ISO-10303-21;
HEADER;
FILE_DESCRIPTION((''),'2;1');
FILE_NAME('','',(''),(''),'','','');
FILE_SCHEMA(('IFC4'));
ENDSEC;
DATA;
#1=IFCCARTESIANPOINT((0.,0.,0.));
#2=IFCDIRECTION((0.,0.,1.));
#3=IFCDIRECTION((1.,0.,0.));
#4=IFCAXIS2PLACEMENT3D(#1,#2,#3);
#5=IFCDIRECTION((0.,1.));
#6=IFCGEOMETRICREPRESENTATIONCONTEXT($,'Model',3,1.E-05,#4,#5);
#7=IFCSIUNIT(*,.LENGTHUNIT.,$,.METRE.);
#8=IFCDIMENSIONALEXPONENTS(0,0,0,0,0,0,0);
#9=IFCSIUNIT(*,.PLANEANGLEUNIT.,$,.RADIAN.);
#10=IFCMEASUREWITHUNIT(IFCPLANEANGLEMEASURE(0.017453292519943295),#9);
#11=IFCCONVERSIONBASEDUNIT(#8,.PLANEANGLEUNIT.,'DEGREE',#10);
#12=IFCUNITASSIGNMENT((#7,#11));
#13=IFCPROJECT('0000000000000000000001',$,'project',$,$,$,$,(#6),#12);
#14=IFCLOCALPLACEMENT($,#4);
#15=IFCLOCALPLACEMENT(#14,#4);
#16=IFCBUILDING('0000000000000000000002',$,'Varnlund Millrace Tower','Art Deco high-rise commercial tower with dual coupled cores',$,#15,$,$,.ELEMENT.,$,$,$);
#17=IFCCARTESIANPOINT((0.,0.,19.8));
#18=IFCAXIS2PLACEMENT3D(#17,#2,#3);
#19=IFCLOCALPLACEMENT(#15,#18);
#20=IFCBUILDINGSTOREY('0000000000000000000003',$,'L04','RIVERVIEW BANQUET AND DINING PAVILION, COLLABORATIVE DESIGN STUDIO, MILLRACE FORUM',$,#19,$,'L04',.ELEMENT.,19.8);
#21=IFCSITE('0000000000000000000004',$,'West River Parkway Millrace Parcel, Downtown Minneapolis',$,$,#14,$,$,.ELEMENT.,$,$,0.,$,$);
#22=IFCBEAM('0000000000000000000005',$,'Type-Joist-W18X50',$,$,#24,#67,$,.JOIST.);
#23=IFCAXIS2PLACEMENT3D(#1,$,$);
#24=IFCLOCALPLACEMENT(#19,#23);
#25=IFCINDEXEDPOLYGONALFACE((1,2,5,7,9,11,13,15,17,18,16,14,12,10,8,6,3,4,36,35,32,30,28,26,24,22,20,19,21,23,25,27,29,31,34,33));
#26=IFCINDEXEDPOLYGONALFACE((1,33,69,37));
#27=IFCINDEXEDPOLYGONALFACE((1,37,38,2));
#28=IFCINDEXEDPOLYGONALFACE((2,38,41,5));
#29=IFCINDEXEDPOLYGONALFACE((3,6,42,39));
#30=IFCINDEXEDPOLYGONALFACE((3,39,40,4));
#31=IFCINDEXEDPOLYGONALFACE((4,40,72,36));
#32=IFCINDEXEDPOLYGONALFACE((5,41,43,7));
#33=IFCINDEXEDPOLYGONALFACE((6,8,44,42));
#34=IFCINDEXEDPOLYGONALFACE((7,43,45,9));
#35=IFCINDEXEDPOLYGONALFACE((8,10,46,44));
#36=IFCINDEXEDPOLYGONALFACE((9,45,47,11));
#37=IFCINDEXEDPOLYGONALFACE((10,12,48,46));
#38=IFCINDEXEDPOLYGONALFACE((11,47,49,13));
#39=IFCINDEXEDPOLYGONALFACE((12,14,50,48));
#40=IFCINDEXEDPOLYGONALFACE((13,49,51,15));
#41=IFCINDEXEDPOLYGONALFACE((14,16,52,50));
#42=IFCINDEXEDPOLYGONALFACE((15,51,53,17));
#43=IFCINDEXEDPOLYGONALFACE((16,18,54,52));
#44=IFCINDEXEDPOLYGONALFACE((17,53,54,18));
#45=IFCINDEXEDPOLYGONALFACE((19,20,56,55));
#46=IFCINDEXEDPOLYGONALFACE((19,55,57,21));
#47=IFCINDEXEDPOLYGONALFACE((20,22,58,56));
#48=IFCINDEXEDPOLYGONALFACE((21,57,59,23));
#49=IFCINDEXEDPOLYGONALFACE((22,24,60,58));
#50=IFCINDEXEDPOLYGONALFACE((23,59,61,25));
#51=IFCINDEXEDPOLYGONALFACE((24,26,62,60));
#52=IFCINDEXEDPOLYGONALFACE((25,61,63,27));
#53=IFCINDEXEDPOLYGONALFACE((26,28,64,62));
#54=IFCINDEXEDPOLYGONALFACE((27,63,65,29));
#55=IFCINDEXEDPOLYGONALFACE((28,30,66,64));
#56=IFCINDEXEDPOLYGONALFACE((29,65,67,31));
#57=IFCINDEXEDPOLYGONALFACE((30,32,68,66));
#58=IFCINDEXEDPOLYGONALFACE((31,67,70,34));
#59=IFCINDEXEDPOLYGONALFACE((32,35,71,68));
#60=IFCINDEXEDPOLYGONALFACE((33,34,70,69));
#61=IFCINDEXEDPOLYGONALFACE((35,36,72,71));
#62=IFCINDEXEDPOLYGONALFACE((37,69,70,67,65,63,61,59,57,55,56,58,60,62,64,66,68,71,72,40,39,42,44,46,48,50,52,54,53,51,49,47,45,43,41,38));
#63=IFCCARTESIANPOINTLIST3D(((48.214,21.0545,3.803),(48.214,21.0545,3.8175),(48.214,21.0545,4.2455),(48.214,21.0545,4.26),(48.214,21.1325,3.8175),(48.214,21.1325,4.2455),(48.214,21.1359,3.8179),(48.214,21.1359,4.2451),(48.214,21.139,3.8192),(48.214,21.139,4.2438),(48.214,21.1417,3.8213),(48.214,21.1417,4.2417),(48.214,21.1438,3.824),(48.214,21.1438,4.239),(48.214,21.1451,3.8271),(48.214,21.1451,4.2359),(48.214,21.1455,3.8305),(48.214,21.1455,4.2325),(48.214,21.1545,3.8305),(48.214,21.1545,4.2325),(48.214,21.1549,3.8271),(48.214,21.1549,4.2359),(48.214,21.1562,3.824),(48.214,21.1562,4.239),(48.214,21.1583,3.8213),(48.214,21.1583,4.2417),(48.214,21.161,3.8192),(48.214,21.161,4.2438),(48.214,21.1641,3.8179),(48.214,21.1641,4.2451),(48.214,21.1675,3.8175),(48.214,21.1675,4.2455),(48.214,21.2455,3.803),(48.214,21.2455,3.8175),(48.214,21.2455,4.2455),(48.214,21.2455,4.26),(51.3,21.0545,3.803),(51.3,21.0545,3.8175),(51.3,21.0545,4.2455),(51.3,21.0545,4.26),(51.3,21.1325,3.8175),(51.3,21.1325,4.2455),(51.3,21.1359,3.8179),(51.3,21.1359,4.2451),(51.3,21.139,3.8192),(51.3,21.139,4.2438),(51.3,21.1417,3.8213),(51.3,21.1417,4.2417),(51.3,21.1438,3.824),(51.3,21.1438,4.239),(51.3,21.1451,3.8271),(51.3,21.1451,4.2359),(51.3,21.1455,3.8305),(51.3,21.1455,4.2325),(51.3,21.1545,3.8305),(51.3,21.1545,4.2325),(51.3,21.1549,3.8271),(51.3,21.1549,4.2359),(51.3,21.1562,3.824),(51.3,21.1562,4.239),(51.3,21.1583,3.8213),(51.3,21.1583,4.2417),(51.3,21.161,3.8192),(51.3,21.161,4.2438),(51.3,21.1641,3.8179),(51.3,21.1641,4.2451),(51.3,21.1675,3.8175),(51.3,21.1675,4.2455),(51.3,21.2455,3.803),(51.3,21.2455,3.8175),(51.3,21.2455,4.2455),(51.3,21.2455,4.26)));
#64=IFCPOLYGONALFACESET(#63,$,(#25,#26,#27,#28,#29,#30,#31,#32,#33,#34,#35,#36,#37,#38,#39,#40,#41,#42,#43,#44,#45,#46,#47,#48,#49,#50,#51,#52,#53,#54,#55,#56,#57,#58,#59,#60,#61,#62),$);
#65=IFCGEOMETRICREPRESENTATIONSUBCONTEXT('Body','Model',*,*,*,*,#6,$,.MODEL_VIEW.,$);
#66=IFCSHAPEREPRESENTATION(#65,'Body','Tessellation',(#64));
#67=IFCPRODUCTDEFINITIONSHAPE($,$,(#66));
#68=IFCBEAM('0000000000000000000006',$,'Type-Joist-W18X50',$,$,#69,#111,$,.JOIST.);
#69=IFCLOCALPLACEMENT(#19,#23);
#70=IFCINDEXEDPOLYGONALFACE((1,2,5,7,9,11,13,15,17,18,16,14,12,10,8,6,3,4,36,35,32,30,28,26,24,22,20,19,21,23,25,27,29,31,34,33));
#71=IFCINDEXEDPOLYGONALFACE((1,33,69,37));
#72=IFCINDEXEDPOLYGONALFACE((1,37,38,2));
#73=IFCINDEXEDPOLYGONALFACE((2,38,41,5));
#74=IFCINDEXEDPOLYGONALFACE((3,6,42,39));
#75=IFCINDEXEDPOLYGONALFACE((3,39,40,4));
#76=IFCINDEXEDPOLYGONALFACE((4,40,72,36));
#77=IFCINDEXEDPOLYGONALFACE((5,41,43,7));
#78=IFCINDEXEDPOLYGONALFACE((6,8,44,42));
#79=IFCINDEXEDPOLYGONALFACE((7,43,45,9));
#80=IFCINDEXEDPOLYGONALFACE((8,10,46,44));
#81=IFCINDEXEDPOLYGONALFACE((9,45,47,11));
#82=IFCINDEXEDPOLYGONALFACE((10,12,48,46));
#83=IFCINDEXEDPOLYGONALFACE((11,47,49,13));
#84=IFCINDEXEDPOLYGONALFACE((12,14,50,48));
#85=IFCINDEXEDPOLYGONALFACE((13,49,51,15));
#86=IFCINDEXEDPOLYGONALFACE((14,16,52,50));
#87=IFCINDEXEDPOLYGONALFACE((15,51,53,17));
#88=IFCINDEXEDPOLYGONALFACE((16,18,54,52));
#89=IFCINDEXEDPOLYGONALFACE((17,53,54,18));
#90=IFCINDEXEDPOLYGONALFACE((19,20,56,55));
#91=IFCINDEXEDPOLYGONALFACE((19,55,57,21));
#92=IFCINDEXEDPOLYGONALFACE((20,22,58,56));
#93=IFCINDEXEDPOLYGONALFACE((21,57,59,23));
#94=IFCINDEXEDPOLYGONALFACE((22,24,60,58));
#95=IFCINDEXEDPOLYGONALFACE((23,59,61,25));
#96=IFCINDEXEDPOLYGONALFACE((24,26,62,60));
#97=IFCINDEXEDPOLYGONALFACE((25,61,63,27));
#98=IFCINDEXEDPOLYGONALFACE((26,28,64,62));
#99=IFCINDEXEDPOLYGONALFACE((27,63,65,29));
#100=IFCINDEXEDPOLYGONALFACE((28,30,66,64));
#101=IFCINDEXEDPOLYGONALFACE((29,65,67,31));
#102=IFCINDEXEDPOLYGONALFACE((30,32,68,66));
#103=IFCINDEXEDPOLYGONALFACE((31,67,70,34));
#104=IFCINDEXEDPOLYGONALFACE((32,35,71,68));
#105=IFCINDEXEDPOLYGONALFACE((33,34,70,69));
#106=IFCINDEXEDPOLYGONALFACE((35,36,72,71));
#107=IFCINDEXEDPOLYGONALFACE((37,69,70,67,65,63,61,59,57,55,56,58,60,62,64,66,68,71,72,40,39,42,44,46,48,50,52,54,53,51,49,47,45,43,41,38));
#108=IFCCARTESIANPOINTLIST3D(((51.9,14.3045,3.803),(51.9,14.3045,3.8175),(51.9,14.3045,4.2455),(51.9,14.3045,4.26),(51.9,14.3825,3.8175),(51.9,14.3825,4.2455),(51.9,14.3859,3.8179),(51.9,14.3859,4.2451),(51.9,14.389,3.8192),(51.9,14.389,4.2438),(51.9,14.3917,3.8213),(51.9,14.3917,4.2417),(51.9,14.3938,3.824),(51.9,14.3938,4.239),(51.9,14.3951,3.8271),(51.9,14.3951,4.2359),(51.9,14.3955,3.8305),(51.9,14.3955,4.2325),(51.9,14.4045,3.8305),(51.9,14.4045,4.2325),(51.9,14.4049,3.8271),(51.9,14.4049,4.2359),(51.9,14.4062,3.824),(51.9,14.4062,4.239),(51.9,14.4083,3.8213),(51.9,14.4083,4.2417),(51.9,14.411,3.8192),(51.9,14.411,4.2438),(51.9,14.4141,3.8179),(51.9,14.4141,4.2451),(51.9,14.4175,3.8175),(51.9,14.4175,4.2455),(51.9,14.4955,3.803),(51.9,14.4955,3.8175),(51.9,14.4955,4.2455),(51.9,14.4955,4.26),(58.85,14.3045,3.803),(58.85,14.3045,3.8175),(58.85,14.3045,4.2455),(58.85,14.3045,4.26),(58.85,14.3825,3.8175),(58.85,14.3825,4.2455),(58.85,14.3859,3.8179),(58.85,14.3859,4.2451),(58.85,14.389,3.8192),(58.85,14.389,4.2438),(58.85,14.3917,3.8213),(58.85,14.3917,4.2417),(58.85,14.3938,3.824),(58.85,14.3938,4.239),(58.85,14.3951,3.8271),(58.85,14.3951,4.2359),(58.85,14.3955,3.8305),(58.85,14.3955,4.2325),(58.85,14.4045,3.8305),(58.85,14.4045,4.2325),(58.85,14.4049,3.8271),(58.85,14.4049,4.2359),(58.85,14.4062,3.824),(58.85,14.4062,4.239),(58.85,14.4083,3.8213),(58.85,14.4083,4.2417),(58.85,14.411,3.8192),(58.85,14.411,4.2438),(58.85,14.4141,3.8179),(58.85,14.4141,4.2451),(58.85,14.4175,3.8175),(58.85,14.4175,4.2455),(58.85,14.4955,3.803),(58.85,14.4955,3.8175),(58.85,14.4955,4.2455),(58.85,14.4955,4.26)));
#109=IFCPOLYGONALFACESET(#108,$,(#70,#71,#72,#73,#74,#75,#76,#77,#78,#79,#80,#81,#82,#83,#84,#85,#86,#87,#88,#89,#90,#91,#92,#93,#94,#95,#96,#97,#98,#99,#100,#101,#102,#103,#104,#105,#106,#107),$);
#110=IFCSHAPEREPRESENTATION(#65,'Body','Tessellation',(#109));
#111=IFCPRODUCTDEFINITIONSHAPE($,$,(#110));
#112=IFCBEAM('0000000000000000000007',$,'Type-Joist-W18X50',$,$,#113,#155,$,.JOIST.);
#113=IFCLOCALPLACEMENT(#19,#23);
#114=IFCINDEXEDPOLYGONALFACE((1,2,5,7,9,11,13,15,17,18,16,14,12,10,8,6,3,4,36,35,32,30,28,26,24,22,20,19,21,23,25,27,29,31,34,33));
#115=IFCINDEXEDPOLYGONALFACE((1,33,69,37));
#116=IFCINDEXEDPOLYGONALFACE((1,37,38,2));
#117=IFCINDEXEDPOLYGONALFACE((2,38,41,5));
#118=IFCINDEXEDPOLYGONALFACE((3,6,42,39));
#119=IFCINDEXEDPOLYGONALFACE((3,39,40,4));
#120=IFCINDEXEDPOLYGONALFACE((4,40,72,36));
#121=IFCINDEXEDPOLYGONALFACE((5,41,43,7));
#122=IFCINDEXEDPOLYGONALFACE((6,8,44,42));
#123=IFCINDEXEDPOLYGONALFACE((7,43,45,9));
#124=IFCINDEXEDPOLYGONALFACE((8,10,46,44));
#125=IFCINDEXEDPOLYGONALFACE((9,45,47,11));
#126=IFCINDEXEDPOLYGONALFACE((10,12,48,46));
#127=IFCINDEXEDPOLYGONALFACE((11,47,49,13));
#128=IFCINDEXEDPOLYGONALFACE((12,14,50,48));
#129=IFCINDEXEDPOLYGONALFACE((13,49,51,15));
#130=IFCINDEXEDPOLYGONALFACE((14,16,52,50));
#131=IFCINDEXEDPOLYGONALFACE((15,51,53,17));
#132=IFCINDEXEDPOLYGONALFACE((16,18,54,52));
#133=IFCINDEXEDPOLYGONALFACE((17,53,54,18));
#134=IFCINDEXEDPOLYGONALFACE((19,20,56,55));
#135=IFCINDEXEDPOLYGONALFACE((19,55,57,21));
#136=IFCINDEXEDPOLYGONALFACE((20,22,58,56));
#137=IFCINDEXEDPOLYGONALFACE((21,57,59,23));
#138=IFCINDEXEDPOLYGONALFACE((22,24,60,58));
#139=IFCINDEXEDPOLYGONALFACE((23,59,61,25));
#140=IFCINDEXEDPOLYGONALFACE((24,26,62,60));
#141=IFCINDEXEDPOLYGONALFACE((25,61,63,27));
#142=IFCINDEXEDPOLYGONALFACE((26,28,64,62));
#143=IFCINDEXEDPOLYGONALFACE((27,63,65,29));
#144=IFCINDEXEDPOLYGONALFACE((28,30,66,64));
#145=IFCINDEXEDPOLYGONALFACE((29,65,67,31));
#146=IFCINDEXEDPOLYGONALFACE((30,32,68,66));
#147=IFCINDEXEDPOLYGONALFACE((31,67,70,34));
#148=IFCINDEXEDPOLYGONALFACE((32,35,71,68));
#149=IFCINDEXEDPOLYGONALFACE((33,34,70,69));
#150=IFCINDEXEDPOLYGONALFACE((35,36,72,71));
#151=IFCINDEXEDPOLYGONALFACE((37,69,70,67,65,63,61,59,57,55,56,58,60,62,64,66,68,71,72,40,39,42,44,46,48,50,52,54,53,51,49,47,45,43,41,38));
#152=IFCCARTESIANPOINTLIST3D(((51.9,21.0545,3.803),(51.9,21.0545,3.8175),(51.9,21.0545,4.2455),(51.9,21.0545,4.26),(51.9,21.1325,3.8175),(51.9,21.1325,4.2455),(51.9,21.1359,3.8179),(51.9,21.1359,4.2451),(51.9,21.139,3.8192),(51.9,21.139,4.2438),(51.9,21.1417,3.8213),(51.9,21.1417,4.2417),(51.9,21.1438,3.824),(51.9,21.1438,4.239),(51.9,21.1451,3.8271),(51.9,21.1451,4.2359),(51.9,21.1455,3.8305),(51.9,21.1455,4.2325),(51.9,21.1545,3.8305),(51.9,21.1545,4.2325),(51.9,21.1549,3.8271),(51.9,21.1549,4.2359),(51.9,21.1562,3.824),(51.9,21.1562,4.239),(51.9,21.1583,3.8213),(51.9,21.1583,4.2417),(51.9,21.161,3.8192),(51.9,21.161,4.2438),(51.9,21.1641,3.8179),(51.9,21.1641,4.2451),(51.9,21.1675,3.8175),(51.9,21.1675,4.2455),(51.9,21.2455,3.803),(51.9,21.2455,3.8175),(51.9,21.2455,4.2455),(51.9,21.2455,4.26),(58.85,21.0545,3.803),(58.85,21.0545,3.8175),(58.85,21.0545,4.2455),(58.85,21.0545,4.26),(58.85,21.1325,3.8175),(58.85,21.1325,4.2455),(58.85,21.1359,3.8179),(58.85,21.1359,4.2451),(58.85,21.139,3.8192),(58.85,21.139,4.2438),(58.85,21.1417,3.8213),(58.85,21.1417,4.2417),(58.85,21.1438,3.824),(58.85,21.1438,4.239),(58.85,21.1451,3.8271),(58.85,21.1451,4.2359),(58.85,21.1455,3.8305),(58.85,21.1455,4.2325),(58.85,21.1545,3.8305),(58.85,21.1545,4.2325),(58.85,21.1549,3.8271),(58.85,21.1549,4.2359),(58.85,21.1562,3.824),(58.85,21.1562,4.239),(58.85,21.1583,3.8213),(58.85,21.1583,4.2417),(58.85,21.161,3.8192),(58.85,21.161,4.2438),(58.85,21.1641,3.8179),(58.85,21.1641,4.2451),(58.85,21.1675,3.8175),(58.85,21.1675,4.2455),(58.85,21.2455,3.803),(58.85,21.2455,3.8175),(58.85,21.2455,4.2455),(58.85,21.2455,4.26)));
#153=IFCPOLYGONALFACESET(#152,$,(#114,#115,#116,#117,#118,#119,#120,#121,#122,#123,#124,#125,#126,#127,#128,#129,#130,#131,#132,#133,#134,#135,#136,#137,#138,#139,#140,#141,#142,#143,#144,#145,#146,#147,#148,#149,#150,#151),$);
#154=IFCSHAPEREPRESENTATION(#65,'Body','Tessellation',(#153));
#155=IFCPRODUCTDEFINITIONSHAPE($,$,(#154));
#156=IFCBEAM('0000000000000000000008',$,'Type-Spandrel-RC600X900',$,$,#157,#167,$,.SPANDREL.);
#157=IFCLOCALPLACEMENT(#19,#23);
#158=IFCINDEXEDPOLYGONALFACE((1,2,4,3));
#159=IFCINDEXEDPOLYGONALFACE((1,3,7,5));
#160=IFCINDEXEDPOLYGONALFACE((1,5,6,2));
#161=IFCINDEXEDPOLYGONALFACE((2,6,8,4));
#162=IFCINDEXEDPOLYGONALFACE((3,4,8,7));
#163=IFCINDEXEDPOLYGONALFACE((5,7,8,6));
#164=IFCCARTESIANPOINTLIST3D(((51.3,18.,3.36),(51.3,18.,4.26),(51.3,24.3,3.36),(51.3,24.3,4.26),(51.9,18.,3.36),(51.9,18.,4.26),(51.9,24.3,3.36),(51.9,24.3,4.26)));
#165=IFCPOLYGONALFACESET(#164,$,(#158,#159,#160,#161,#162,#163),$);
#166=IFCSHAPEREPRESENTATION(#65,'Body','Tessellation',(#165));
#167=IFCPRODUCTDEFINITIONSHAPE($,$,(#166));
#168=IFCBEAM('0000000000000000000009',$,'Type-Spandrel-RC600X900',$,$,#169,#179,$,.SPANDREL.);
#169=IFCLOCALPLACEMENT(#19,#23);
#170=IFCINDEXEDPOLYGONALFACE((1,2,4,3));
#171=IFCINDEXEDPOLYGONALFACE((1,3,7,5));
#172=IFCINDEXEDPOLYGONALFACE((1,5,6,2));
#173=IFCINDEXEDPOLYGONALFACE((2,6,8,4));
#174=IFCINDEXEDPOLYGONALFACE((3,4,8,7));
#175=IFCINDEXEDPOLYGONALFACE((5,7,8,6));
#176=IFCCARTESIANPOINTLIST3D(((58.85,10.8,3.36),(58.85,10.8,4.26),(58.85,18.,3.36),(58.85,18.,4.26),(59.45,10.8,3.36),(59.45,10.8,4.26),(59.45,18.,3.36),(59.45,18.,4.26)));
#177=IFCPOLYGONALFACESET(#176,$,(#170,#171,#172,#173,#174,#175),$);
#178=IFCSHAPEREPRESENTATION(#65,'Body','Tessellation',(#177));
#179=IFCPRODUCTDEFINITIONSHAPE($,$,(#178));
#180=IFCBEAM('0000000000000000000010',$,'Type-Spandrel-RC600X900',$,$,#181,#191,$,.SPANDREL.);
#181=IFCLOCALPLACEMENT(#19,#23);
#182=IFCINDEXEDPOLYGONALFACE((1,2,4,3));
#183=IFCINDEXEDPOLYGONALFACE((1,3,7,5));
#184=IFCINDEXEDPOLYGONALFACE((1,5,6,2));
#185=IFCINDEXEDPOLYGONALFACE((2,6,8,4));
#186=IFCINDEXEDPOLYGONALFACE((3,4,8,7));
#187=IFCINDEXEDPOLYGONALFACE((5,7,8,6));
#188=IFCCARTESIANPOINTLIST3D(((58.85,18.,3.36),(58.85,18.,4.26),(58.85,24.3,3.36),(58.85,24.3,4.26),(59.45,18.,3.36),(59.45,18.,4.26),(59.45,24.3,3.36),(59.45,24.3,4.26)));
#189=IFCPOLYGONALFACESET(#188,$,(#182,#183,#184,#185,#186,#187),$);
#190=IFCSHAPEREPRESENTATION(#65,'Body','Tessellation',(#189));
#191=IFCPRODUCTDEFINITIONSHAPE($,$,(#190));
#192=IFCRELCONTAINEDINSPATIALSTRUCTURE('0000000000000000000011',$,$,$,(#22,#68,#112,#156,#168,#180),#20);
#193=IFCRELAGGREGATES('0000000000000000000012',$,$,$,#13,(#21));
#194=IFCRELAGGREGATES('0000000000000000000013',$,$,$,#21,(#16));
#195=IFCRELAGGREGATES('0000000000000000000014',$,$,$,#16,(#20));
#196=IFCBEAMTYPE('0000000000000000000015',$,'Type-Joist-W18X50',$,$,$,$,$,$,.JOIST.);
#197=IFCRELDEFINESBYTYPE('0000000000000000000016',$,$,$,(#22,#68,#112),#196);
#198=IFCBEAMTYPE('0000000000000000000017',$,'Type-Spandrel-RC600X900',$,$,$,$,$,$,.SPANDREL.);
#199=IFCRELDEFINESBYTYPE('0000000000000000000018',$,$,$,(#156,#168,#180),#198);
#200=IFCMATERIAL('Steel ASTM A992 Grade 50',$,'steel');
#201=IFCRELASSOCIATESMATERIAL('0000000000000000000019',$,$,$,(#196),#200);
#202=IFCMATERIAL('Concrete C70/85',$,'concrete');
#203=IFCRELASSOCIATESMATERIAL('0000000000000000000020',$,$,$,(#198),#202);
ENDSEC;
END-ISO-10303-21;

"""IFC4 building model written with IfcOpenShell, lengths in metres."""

from ifc_helpers import new_model, entity, si_unit, converted_unit, direction, frame, origin_with_axes, origin_2d_with_axis, place, context, subcontext, project, spatial, rectangle, i_section, extrude, material, material_profile, profile_set, type_object, element, save


model = new_model("IFC4")

# Units and contexts
model_context = context("Model", 3, precision=1e-05, world=origin_with_axes(), true_north=direction((0.0, 1.0)))
body_context = subcontext(model_context, "Body", "Model", "MODEL_VIEW")
ifc_project = project(units=[si_unit("LENGTHUNIT", "METRE"), converted_unit("PLANEANGLEUNIT", "DEGREE", entity("IfcPlaneAngleMeasure", 0.017453292519943295), si_unit("PLANEANGLEUNIT", "RADIAN"), dimensions=[0, 0, 0, 0, 0, 0, 0])], contexts=[model_context])

# Site, building, storey
site_placement = place(None, origin_with_axes())
site = spatial("IfcSite", under=ifc_project, at=site_placement, Name="West River Parkway Millrace Parcel, Downtown Minneapolis", CompositionType="ELEMENT", RefElevation=0.0)
building_placement = place(site_placement, origin_with_axes())
building = spatial("IfcBuilding", under=site, at=building_placement, Name="Varnlund Millrace Tower", Description="Art Deco high-rise commercial tower with dual coupled cores", CompositionType="ELEMENT")
storey_placement = place(building_placement, frame((0.0, 0.0, 19.8), z_axis=(0.0, 0.0, 1.0), x_axis=(1.0, 0.0, 0.0)))
storey = spatial("IfcBuildingStorey", under=building, at=storey_placement, Name="L04", Description="RIVERVIEW BANQUET AND DINING PAVILION, COLLABORATIVE DESIGN STUDIO, MILLRACE FORUM", LongName="L04", CompositionType="ELEMENT", Elevation=19.8)

# Beams
ifc_material_1 = material(Name="Steel ASTM A992 Grade 50", Category="steel")
ifc_material_profile_1 = material_profile(ifc_material_1, i_section(OverallWidth=0.191, OverallDepth=0.457, WebThickness=0.009, FlangeThickness=0.0145, FilletRadius=0.013, at=origin_2d_with_axis()), Name="Steel ASTM A992 Grade 50")
ifc_profile_set_1 = profile_set([ifc_material_profile_1], Name="Steel ASTM A992 Grade 50")
beam_type_1 = type_object("IfcBeamType", Name="Type-Joist-W18X50", PredefinedType="JOIST", material=ifc_profile_set_1)
for number, where, z_axis, x_axis, name in (
    (1, (48.214, 21.15, 4.0315), (1.0, 0.0, 0.0), (0.0, 1.0, 0.0), "Type-Joist-W18X50"),
):
    element("IfcBeam", number, at=place(storey_placement, frame(where, z_axis=z_axis, x_axis=x_axis)), inside=storey, type_object=beam_type_1, Name=name, PredefinedType="JOIST", context=body_context, shape_type="SweptSolid", body=[
        extrude(i_section(OverallWidth=0.191, OverallDepth=0.457, WebThickness=0.009, FlangeThickness=0.0145, FilletRadius=0.013, at=origin_2d_with_axis()), origin_with_axes(), (0.0, 0.0, 1.0), 3.086),
    ])
for number, where, z_axis, x_axis, name in (
    (2, (51.9, 14.4, 4.0315), (1.0, 0.0, 0.0), (0.0, 1.0, 0.0), "Type-Joist-W18X50"),
    (3, (51.9, 21.15, 4.0315), (1.0, 0.0, 0.0), (0.0, 1.0, 0.0), "Type-Joist-W18X50"),
):
    element("IfcBeam", number, at=place(storey_placement, frame(where, z_axis=z_axis, x_axis=x_axis)), inside=storey, type_object=beam_type_1, Name=name, PredefinedType="JOIST", context=body_context, shape_type="SweptSolid", body=[
        extrude(i_section(OverallWidth=0.191, OverallDepth=0.457, WebThickness=0.009, FlangeThickness=0.0145, FilletRadius=0.013, at=origin_2d_with_axis()), origin_with_axes(), (0.0, 0.0, 1.0), 6.95),
    ])
ifc_material_2 = material(Name="Concrete C70/85", Category="concrete")
ifc_material_profile_2 = material_profile(ifc_material_2, rectangle(XDim=0.6, YDim=0.9, at=origin_2d_with_axis()), Name="Concrete C70/85")
ifc_profile_set_2 = profile_set([ifc_material_profile_2], Name="Concrete C70/85")
beam_type_2 = type_object("IfcBeamType", Name="Type-Spandrel-RC600X900", PredefinedType="SPANDREL", material=ifc_profile_set_2)
beam_1_placement = place(storey_placement, frame((51.6, 18.0, 3.81), z_axis=(0.0, 1.0, 0.0), x_axis=(-1.0, 0.0, 0.0)))
element("IfcBeam", 4, at=beam_1_placement, inside=storey, type_object=beam_type_2, Name="Type-Spandrel-RC600X900", PredefinedType="SPANDREL", context=body_context, shape_type="SweptSolid", body=[
    extrude(rectangle(XDim=0.6, YDim=0.9, at=origin_2d_with_axis()), origin_with_axes(), (0.0, 0.0, 1.0), 6.3),
])
beam_2_placement = place(storey_placement, frame((59.15, 10.8, 3.81), z_axis=(0.0, 1.0, 0.0), x_axis=(-1.0, 0.0, 0.0)))
element("IfcBeam", 5, at=beam_2_placement, inside=storey, type_object=beam_type_2, Name="Type-Spandrel-RC600X900", PredefinedType="SPANDREL", context=body_context, shape_type="SweptSolid", body=[
    extrude(rectangle(XDim=0.6, YDim=0.9, at=origin_2d_with_axis()), origin_with_axes(), (0.0, 0.0, 1.0), 7.2),
])
beam_3_placement = place(storey_placement, frame((59.15, 18.0, 3.81), z_axis=(0.0, 1.0, 0.0), x_axis=(-1.0, 0.0, 0.0)))
element("IfcBeam", 6, at=beam_3_placement, inside=storey, type_object=beam_type_2, Name="Type-Spandrel-RC600X900", PredefinedType="SPANDREL", context=body_context, shape_type="SweptSolid", body=[
    extrude(rectangle(XDim=0.6, YDim=0.9, at=origin_2d_with_axis()), origin_with_axes(), (0.0, 0.0, 1.0), 6.3),
])

save(model, "model.ifc")
